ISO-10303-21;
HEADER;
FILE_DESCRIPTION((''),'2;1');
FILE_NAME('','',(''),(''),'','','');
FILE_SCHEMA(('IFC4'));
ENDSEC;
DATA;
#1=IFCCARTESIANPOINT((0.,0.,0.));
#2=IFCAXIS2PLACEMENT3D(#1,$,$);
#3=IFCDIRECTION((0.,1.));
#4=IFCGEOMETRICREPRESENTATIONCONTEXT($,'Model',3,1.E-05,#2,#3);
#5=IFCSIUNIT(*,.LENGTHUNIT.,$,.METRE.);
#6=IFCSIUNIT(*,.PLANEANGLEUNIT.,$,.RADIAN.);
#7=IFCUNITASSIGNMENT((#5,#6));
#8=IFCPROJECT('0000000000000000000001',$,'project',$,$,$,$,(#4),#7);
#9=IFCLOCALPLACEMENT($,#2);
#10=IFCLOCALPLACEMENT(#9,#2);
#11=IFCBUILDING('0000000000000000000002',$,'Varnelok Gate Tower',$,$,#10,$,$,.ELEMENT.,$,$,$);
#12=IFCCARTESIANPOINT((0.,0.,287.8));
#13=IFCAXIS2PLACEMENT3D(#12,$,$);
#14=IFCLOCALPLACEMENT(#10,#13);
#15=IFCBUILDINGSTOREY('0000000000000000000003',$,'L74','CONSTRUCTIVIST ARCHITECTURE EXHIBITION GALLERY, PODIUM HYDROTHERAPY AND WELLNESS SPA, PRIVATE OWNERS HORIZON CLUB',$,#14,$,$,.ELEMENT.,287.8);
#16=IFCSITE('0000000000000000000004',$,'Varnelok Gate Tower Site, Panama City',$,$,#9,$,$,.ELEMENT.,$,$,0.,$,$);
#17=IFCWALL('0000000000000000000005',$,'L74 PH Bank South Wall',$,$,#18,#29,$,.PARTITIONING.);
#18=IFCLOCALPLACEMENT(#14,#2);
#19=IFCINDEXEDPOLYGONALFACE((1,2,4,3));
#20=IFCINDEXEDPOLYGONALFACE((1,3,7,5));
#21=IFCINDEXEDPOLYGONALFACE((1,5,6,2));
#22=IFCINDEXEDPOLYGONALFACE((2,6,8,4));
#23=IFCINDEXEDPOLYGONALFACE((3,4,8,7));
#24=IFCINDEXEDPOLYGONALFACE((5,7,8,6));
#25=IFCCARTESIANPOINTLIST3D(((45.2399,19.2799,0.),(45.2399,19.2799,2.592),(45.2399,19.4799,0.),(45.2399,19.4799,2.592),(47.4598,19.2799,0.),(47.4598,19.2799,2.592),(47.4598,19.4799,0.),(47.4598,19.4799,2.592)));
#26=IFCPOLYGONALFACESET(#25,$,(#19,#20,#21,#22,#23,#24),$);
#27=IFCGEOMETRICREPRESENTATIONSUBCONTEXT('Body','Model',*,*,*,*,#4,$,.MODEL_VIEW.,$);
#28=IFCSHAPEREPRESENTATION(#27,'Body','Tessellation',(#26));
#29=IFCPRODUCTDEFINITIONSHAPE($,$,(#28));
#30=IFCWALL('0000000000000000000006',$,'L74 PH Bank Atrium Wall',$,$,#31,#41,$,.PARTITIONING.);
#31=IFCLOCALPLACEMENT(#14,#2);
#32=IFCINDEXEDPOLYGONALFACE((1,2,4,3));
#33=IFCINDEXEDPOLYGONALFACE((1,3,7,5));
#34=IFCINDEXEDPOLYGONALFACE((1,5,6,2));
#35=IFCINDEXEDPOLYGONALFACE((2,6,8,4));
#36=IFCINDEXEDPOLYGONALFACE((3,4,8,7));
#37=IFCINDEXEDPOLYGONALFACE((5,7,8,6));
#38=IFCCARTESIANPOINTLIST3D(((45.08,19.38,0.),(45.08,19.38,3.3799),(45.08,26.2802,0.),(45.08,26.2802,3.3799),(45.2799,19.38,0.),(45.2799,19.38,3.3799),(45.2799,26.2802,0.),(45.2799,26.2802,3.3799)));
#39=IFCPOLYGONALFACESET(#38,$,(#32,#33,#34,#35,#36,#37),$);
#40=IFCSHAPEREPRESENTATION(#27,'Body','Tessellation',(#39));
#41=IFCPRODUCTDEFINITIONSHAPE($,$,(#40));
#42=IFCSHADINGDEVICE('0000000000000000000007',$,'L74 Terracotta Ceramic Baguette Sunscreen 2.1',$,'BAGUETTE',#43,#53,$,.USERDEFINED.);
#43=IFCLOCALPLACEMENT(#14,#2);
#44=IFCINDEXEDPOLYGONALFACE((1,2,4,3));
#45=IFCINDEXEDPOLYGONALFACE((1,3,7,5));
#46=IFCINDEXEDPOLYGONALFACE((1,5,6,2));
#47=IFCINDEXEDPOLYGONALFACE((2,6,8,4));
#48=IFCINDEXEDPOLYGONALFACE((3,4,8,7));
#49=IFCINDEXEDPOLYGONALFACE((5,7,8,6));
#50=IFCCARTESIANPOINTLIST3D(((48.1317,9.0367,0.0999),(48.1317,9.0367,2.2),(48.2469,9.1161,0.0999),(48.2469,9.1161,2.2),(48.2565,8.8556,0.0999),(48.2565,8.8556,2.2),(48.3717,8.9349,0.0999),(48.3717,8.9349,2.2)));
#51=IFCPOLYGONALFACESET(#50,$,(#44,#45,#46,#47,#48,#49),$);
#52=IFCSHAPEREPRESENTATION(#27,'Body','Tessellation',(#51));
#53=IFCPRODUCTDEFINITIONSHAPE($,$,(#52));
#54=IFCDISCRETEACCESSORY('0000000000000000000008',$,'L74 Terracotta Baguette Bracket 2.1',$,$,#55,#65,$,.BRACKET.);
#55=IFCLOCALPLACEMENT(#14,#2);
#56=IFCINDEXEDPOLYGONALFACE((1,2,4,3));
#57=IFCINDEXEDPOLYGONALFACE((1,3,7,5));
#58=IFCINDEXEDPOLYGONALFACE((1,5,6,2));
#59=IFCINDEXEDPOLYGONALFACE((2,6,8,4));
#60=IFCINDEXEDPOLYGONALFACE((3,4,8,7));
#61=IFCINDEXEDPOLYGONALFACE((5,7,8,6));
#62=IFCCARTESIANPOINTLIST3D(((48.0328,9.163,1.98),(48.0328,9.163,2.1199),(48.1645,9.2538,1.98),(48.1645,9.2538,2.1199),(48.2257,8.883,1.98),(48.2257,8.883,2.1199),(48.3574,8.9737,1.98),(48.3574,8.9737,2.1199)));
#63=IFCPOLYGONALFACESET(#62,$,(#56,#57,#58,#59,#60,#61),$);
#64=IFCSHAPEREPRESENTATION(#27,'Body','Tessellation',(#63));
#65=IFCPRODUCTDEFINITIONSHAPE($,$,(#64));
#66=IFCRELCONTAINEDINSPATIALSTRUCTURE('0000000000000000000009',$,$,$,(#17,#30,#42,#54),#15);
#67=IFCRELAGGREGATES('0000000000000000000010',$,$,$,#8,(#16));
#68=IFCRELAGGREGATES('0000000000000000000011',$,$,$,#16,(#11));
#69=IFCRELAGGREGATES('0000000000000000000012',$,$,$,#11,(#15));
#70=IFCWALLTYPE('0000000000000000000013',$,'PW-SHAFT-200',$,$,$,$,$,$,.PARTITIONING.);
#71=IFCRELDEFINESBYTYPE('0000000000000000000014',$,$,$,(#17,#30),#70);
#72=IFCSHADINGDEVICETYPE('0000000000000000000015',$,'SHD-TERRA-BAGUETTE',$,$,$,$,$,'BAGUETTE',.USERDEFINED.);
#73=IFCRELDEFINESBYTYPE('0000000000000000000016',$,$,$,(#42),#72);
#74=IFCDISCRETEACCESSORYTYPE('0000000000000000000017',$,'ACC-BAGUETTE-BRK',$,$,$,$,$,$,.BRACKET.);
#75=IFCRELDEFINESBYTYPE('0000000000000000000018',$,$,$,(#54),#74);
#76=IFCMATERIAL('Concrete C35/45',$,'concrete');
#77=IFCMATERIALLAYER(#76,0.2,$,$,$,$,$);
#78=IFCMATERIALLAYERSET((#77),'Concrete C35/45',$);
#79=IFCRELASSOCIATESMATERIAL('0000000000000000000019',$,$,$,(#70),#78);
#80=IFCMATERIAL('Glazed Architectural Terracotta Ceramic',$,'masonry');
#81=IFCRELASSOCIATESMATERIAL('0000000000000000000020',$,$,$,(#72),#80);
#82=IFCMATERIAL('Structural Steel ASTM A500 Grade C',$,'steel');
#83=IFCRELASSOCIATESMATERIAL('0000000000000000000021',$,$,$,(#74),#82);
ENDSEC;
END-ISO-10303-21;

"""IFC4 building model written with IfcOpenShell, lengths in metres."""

from ifc_helpers import new_model, si_unit, direction, frame, frame_2d, origin, origin_2d, place, context, subcontext, project, spatial, rectangle, extrude, source, transform, mapped, material, layer, layer_set, type_object, element, save


model = new_model("IFC4")

# Units and contexts
model_context = context("Model", 3, precision=1e-05, world=origin(), true_north=direction((0.0, 1.0)))
body_context = subcontext(model_context, "Body", "Model", "MODEL_VIEW")
ifc_project = project(units=[si_unit("LENGTHUNIT", "METRE"), si_unit("PLANEANGLEUNIT", "RADIAN")], contexts=[model_context])

# Site, building, storey
site_placement = place(None, origin())
site = spatial("IfcSite", under=ifc_project, at=site_placement, Name="Varnelok Gate Tower Site, Panama City", CompositionType="ELEMENT", RefElevation=0.0)
building_placement = place(site_placement, origin())
building = spatial("IfcBuilding", under=site, at=building_placement, Name="Varnelok Gate Tower", CompositionType="ELEMENT")
storey_placement = place(building_placement, frame((0.0, 0.0, 287.8)))
storey = spatial("IfcBuildingStorey", under=building, at=storey_placement, Name="L74", Description="CONSTRUCTIVIST ARCHITECTURE EXHIBITION GALLERY, PODIUM HYDROTHERAPY AND WELLNESS SPA, PRIVATE OWNERS HORIZON CLUB", CompositionType="ELEMENT", Elevation=287.8)

# Walls
ifc_material_1 = material(Name="Concrete C35/45", Category="concrete")
ifc_layer_1 = layer(ifc_material_1, 0.2)
ifc_layer_set_1 = layer_set([ifc_layer_1], Name="Concrete C35/45")
wall_type_1 = type_object("IfcWallType", Name="PW-SHAFT-200", PredefinedType="PARTITIONING", material=ifc_layer_set_1)
wall_1_placement = place(storey_placement, frame((45.24, 19.3799, 0.0), z_axis=(0.0, 0.0, 1.0), x_axis=(1.0, 0.0, 0.0)))
element("IfcWall", 1, at=wall_1_placement, inside=storey, type_object=wall_type_1, Name="L74 PH Bank South Wall", PredefinedType="PARTITIONING", context=body_context, shape_type="SweptSolid", body=[
    extrude(rectangle(XDim=2.22, YDim=0.2, at=frame_2d((1.1099, 0.0))), origin(), (0.0, 0.0, 1.0), 2.592),
])
wall_2_placement = place(storey_placement, frame((45.1799, 19.3799, 0.0), z_axis=(0.0, 0.0, 1.0), x_axis=(0.0, 1.0, 0.0)))
element("IfcWall", 2, at=wall_2_placement, inside=storey, type_object=wall_type_1, Name="L74 PH Bank Atrium Wall", PredefinedType="PARTITIONING", context=body_context, shape_type="SweptSolid", body=[
    extrude(rectangle(XDim=6.9001, YDim=0.2, at=frame_2d((3.4502, 0.0))), origin(), (0.0, 0.0, 1.0), 3.3799),
])

# Shading device
ifc_material_2 = material(Name="Glazed Architectural Terracotta Ceramic", Category="masonry")
shading_device_type = type_object("IfcShadingDeviceType", Name="SHD-TERRA-BAGUETTE", ElementType="BAGUETTE", PredefinedType="USERDEFINED", material=ifc_material_2)
shared_shape_1 = source(origin(), body_context, "Body", "SweptSolid", [
    extrude(rectangle(XDim=0.1399, YDim=0.22, at=origin_2d()), origin(), (0.0, 0.0, 1.0), 2.1001),
])
shading_device_placement = place(storey_placement, frame((48.2517, 8.9858, 0.0999), z_axis=(0.0, 0.0, 1.0), x_axis=(0.823533, 0.567269, 0.0)))
element("IfcShadingDevice", 3, at=shading_device_placement, inside=storey, type_object=shading_device_type, Name="L74 Terracotta Ceramic Baguette Sunscreen 2.1", ObjectType="BAGUETTE", PredefinedType="USERDEFINED", context=body_context, shape_type="MappedRepresentation", body=[
    mapped(shared_shape_1, transform((0.0, 0.0, 0.0), scale=1.0)),
])

# Discrete accessory
ifc_material_3 = material(Name="Structural Steel ASTM A500 Grade C", Category="steel")
discrete_accessory_type = type_object("IfcDiscreteAccessoryType", Name="ACC-BAGUETTE-BRK", PredefinedType="BRACKET", material=ifc_material_3)
shared_shape_2 = source(origin(), body_context, "Body", "SweptSolid", [
    extrude(rectangle(XDim=0.1599, YDim=0.3401, at=origin_2d()), origin(), (0.0, 0.0, 1.0), 0.1399),
])
discrete_accessory_placement = place(storey_placement, frame((48.1951, 9.0684, 1.98), z_axis=(0.0, 0.0, 1.0), x_axis=(0.823533, 0.567269, 0.0)))
element("IfcDiscreteAccessory", 4, at=discrete_accessory_placement, inside=storey, type_object=discrete_accessory_type, Name="L74 Terracotta Baguette Bracket 2.1", PredefinedType="BRACKET", context=body_context, shape_type="MappedRepresentation", body=[
    mapped(shared_shape_2, transform((0.0, 0.0, 0.0), scale=1.0)),
])

save(model, "model.ifc")
